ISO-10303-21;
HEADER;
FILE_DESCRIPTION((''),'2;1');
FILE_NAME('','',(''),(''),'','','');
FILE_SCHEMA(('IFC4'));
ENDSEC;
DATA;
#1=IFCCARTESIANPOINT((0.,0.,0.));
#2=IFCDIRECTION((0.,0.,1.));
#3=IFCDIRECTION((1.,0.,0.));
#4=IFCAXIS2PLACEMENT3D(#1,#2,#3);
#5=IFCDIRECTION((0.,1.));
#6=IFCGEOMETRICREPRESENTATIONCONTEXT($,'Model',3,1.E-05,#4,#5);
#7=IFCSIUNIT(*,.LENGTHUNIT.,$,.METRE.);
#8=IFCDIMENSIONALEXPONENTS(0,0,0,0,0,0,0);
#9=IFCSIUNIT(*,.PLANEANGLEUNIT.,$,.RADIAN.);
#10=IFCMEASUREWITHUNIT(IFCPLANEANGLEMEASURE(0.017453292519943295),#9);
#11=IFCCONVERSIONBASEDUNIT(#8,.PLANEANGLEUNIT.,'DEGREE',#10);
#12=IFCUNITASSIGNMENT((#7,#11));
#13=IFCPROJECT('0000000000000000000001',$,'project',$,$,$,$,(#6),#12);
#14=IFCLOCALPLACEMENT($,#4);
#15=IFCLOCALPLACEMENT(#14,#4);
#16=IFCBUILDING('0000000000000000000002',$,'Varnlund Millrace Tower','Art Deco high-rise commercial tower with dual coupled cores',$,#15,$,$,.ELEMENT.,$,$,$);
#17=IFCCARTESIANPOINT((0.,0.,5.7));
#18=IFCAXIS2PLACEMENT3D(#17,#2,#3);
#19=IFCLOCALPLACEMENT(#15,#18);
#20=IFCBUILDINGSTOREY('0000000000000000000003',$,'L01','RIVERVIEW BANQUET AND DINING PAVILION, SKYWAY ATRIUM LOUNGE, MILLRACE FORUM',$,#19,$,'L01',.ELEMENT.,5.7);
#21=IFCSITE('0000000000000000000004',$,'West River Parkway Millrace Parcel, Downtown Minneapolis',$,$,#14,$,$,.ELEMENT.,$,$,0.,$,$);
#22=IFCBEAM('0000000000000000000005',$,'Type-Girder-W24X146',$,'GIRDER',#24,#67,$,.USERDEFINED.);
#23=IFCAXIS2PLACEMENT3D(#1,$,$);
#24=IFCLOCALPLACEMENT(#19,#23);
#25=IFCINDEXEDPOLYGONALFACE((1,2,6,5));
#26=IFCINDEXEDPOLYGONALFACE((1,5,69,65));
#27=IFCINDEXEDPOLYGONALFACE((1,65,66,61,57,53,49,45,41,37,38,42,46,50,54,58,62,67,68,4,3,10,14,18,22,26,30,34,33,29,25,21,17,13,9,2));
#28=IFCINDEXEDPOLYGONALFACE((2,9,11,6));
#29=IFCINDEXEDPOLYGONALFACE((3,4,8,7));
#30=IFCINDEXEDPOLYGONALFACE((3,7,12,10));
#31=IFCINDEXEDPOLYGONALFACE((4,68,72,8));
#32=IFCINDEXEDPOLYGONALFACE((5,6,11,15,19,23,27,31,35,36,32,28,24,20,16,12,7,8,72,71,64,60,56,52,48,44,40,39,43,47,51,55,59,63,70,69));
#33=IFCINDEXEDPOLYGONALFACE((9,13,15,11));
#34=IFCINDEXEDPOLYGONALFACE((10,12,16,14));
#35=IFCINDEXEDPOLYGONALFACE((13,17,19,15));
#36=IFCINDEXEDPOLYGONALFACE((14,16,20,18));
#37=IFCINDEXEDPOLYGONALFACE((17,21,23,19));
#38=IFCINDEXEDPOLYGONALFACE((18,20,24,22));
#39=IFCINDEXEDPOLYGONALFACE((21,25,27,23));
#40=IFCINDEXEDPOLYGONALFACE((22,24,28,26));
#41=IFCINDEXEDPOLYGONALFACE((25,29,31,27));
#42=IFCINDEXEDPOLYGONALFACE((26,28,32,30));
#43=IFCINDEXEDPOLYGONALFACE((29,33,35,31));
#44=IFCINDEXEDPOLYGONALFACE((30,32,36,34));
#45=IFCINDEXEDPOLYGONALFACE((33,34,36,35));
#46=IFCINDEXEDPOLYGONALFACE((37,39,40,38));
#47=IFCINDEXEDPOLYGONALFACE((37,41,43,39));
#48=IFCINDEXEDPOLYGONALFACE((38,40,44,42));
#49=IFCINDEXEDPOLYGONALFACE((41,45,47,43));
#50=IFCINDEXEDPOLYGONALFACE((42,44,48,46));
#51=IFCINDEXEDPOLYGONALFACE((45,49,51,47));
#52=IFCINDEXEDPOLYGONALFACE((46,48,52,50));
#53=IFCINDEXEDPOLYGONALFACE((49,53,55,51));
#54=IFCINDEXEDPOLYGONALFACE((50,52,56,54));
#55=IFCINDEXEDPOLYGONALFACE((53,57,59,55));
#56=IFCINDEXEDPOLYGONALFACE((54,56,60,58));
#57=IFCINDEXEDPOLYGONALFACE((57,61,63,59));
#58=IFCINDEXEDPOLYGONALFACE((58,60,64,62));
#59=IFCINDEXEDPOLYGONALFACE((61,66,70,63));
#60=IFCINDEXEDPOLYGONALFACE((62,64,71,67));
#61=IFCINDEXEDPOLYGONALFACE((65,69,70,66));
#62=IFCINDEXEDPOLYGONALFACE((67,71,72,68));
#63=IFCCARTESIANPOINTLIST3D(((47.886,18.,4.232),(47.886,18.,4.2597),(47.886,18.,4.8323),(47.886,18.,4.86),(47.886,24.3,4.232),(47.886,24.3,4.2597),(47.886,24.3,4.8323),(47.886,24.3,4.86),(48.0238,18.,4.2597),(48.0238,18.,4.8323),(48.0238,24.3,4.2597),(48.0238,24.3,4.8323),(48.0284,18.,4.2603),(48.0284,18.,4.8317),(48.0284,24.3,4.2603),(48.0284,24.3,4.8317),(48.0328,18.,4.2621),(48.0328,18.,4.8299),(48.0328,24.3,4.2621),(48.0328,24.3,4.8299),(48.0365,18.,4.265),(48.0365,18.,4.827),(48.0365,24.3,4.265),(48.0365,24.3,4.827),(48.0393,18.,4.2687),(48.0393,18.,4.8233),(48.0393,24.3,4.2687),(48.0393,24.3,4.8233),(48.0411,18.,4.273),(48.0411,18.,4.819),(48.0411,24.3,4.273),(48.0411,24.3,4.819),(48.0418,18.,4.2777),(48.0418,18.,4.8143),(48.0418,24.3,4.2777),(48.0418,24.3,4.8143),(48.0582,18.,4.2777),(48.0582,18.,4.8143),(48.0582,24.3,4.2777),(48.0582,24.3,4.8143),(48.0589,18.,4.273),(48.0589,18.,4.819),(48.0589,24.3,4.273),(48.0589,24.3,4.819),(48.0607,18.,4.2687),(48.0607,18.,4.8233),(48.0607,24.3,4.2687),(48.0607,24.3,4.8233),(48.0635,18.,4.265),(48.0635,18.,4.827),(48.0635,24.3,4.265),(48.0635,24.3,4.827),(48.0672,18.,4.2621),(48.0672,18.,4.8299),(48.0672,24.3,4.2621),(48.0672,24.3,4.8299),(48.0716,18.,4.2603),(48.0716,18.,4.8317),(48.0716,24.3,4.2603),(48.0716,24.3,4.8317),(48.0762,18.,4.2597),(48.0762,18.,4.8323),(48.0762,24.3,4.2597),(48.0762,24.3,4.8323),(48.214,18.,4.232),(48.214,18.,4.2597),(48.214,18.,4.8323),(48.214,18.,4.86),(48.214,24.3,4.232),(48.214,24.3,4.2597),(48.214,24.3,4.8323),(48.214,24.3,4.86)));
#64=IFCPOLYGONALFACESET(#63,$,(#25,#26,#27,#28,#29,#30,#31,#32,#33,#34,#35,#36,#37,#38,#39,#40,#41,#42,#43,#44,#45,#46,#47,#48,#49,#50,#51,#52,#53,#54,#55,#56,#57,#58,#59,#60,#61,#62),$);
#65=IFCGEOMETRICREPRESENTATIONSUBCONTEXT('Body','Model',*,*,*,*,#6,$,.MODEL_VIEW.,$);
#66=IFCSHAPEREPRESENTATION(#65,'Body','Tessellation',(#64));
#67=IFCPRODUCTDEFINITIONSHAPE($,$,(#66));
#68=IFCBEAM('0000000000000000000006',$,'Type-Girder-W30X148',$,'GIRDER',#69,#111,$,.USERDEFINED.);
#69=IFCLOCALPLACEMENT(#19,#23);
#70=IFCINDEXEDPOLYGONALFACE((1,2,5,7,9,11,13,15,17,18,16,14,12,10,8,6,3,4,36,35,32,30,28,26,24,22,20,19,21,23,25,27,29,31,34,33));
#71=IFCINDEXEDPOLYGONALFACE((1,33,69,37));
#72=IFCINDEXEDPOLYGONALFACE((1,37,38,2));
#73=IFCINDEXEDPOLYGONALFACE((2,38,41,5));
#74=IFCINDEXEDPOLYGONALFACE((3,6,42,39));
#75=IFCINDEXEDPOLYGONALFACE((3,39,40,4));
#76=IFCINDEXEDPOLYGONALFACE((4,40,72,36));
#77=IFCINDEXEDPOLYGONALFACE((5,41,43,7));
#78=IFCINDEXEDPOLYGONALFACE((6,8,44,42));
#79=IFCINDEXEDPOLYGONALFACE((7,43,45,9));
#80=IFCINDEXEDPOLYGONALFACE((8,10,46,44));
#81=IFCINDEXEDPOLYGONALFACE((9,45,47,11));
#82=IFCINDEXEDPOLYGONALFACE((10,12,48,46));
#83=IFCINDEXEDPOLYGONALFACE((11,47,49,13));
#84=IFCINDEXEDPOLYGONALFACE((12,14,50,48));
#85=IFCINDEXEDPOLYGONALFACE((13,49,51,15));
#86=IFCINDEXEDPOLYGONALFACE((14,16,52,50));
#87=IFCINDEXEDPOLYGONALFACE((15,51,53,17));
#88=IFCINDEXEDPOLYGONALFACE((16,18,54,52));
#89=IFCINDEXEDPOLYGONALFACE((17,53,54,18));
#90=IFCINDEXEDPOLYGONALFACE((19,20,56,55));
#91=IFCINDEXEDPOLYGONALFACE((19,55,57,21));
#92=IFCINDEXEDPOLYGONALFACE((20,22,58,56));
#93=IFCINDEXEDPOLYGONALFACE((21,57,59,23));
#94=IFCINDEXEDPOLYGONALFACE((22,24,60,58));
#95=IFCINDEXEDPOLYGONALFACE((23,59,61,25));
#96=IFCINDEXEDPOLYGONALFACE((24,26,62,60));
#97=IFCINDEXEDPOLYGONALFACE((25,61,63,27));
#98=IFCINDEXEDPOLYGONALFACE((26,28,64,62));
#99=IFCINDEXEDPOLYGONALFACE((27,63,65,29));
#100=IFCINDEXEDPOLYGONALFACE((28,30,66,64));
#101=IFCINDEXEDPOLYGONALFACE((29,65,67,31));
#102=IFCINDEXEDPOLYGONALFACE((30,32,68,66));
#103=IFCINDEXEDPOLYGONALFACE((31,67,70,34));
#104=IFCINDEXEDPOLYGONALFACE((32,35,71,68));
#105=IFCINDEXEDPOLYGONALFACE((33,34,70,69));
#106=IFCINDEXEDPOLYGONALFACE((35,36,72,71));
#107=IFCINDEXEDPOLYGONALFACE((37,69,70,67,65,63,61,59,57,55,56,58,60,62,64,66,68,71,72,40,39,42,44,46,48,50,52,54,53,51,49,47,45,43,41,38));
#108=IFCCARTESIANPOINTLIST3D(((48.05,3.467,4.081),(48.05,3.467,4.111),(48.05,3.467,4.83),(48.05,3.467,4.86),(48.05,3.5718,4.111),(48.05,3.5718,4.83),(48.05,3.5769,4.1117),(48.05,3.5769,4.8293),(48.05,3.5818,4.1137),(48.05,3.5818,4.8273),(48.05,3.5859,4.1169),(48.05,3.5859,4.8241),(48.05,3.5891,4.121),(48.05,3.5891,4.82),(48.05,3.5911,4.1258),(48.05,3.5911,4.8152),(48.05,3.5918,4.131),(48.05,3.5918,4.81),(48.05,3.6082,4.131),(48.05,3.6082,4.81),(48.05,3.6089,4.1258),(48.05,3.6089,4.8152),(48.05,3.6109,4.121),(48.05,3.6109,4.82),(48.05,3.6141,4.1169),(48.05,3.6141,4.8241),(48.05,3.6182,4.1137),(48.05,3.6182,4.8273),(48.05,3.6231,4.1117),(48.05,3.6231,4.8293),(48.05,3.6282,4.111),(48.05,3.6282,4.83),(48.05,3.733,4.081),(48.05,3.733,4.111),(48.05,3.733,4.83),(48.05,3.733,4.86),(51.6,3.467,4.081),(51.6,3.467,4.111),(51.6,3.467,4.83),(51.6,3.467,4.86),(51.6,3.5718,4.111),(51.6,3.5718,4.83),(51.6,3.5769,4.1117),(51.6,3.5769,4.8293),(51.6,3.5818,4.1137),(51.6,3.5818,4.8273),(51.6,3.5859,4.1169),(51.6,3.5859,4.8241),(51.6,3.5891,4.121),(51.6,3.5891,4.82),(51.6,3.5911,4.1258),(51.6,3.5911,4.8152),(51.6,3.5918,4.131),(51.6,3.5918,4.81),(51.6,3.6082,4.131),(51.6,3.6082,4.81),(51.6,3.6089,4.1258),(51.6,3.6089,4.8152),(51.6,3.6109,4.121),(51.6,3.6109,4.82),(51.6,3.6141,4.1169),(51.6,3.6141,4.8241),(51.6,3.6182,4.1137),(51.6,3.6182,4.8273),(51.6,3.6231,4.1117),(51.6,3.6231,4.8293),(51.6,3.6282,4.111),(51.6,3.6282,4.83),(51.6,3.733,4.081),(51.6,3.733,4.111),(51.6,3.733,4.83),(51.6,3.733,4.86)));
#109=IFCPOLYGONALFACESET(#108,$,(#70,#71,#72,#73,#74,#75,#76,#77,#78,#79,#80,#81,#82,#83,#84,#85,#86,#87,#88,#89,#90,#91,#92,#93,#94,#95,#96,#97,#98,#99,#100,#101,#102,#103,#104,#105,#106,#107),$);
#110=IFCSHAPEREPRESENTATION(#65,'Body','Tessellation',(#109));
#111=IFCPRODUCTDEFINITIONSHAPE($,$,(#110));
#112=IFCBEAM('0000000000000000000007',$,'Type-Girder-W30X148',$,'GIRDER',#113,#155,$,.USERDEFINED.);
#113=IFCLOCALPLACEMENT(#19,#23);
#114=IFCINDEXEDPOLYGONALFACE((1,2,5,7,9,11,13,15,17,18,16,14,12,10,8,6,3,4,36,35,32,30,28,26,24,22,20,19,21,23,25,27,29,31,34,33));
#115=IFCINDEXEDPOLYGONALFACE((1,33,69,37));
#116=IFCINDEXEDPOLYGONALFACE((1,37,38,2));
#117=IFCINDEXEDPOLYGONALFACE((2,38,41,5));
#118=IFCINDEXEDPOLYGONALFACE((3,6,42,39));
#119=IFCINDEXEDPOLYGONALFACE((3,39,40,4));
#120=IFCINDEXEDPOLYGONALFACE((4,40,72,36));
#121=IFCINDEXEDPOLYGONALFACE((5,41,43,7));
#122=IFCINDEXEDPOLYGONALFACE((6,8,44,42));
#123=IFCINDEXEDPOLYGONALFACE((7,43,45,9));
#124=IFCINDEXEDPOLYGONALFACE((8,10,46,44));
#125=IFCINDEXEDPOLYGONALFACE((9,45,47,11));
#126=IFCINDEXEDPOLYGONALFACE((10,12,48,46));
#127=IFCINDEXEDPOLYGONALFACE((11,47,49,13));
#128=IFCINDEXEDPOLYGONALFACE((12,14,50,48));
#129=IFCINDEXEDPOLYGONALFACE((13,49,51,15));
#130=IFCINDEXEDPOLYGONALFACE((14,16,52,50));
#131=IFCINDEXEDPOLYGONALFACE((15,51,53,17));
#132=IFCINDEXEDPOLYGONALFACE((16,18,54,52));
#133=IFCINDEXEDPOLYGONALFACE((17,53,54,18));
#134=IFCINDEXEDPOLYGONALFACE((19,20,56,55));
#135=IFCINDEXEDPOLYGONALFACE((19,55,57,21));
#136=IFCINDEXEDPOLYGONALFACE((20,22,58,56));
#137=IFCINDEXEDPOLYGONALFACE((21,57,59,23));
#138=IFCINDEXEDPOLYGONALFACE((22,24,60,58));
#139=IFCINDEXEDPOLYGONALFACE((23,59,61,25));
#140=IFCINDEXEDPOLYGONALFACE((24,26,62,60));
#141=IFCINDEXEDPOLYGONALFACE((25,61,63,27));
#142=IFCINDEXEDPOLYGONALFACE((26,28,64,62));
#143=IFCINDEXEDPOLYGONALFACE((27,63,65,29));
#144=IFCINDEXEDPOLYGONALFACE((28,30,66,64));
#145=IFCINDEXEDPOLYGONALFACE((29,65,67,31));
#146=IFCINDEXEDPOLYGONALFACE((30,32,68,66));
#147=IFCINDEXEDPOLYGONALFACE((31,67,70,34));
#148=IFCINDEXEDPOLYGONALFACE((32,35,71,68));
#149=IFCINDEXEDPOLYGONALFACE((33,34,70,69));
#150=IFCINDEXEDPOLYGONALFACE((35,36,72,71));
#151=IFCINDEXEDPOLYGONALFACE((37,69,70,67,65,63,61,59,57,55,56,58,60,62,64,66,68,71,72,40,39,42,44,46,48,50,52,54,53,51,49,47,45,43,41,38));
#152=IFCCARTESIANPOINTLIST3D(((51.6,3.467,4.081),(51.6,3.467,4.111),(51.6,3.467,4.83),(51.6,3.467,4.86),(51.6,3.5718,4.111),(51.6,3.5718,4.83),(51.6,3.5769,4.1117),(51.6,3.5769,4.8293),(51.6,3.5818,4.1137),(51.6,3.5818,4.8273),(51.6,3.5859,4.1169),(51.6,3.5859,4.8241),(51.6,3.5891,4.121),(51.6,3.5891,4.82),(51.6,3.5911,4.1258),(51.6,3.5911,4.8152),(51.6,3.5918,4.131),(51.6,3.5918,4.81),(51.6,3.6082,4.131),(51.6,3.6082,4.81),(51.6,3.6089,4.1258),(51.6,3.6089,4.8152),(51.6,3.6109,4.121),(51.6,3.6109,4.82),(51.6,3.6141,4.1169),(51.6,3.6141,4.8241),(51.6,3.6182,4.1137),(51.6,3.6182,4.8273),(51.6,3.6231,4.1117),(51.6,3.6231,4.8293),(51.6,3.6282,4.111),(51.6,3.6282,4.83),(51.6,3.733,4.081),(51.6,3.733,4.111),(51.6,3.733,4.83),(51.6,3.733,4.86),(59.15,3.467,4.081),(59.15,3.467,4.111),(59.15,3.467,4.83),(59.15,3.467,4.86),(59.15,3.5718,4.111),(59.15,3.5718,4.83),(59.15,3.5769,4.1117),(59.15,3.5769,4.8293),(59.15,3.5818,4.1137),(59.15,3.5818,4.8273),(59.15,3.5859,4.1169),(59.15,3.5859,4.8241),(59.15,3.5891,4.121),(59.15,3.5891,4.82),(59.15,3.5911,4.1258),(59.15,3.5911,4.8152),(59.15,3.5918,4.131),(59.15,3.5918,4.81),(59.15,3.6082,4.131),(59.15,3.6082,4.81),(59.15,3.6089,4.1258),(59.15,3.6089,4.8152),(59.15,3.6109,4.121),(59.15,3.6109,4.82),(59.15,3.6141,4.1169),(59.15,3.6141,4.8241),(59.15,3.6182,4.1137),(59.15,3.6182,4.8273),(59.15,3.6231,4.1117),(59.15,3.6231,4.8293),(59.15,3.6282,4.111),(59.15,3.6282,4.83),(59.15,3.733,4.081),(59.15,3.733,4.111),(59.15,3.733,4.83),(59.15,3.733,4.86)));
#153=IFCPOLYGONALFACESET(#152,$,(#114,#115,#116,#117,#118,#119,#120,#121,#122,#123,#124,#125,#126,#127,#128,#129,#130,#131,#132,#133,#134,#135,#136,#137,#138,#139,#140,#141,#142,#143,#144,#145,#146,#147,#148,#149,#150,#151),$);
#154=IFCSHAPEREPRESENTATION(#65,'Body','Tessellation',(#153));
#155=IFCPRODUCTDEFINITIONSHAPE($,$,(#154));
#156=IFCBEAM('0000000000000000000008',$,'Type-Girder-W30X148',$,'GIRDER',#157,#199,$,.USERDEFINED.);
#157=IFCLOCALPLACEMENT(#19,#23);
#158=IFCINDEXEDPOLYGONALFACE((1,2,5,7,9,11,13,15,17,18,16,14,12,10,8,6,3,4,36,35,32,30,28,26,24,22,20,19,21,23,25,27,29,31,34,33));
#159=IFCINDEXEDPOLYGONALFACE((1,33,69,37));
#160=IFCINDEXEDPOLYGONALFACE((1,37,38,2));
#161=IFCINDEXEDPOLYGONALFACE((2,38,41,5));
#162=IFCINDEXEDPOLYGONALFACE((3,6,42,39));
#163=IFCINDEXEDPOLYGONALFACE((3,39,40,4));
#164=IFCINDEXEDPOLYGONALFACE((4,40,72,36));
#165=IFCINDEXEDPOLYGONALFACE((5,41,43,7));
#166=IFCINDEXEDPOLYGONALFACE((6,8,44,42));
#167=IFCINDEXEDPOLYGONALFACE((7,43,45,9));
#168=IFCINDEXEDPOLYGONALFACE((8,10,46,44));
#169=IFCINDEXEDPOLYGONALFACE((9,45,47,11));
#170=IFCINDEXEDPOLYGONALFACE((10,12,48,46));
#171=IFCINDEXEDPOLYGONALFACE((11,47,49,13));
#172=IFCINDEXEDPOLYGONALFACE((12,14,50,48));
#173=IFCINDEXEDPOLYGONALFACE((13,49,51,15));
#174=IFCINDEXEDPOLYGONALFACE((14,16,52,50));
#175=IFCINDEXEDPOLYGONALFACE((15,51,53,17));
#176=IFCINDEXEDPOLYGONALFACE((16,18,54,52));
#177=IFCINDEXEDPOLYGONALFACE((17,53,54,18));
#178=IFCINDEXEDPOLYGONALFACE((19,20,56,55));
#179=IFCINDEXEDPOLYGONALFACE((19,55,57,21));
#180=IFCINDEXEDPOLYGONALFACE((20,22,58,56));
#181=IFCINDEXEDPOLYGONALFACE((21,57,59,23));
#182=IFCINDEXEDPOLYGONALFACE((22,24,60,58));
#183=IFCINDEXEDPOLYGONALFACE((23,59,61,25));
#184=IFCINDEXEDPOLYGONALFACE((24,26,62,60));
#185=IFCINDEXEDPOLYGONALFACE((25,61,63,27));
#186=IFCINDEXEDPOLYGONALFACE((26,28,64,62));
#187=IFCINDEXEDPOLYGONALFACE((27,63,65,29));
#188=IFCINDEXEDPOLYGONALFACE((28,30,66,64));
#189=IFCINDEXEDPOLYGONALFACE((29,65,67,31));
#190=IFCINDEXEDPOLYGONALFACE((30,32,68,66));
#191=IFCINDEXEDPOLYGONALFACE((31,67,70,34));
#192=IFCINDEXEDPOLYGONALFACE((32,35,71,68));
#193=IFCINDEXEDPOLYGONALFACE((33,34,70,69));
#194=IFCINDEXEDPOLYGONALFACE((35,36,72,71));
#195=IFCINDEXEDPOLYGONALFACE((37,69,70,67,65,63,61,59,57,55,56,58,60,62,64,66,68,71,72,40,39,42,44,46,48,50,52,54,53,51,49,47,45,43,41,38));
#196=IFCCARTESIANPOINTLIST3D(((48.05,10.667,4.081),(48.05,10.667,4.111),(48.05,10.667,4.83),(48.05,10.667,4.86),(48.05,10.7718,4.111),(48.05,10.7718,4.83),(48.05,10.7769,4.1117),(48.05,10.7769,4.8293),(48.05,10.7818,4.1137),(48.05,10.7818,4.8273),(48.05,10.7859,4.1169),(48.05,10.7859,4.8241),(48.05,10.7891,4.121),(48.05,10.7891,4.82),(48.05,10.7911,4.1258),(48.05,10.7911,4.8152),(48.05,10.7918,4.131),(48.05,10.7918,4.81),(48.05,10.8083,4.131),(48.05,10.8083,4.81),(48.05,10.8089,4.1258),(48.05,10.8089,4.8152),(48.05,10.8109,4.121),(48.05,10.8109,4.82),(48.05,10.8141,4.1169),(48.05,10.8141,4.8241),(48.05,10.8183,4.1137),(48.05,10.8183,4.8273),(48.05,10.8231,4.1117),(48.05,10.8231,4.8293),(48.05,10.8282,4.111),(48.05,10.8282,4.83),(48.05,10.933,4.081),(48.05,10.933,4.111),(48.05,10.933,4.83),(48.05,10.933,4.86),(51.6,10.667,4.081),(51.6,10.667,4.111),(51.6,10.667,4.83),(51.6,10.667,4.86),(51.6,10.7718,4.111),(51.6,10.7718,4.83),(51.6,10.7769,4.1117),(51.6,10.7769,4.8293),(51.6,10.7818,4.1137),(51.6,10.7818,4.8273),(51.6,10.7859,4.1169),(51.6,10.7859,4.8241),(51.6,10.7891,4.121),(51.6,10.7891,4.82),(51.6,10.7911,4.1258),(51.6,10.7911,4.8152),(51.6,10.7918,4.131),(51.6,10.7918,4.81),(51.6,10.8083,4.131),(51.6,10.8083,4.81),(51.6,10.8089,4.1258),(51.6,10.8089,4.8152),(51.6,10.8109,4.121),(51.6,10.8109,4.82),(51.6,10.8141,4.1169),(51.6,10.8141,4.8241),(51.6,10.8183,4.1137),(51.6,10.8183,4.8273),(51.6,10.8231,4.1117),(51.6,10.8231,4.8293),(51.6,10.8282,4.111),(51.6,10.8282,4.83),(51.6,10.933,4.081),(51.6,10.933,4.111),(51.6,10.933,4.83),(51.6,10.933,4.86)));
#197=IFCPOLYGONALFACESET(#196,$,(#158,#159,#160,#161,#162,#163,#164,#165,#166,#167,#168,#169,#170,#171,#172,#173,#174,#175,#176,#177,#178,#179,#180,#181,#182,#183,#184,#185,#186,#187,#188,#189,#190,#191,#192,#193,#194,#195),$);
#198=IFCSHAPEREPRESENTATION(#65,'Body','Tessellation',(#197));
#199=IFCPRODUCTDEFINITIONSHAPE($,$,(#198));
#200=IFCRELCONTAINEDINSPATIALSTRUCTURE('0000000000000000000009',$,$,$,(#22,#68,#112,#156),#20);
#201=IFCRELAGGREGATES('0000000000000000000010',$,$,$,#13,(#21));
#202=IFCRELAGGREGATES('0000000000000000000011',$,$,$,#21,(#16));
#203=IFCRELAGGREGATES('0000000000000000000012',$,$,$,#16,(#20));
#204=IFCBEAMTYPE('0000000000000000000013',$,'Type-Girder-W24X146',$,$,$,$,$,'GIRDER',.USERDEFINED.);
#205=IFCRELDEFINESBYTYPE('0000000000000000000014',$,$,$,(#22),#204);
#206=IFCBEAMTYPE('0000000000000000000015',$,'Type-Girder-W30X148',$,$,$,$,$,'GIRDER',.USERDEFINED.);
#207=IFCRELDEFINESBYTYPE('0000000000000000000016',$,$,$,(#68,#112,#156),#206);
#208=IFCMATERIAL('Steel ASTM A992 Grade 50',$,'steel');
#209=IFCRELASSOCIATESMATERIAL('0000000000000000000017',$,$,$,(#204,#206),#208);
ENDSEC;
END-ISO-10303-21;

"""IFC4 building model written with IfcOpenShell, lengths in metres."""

from ifc_helpers import new_model, entity, si_unit, converted_unit, direction, frame, origin_with_axes, origin_2d_with_axis, place, context, subcontext, project, spatial, i_section, extrude, material, material_profile, profile_set, type_object, element, save


model = new_model("IFC4")

# Units and contexts
model_context = context("Model", 3, precision=1e-05, world=origin_with_axes(), true_north=direction((0.0, 1.0)))
body_context = subcontext(model_context, "Body", "Model", "MODEL_VIEW")
ifc_project = project(units=[si_unit("LENGTHUNIT", "METRE"), converted_unit("PLANEANGLEUNIT", "DEGREE", entity("IfcPlaneAngleMeasure", 0.017453292519943295), si_unit("PLANEANGLEUNIT", "RADIAN"), dimensions=[0, 0, 0, 0, 0, 0, 0])], contexts=[model_context])

# Site, building, storey
site_placement = place(None, origin_with_axes())
site = spatial("IfcSite", under=ifc_project, at=site_placement, Name="West River Parkway Millrace Parcel, Downtown Minneapolis", CompositionType="ELEMENT", RefElevation=0.0)
building_placement = place(site_placement, origin_with_axes())
building = spatial("IfcBuilding", under=site, at=building_placement, Name="Varnlund Millrace Tower", Description="Art Deco high-rise commercial tower with dual coupled cores", CompositionType="ELEMENT")
storey_placement = place(building_placement, frame((0.0, 0.0, 5.7), z_axis=(0.0, 0.0, 1.0), x_axis=(1.0, 0.0, 0.0)))
storey = spatial("IfcBuildingStorey", under=building, at=storey_placement, Name="L01", Description="RIVERVIEW BANQUET AND DINING PAVILION, SKYWAY ATRIUM LOUNGE, MILLRACE FORUM", LongName="L01", CompositionType="ELEMENT", Elevation=5.7)

# Beams
ifc_material_1 = material(Name="Steel ASTM A992 Grade 50", Category="steel")
ifc_material_profile_1 = material_profile(ifc_material_1, i_section(OverallWidth=0.328, OverallDepth=0.628, WebThickness=0.0165, FlangeThickness=0.0277, FilletRadius=0.018, at=origin_2d_with_axis()), Name="Steel ASTM A992 Grade 50")
ifc_profile_set_1 = profile_set([ifc_material_profile_1], Name="Steel ASTM A992 Grade 50")
beam_type_1 = type_object("IfcBeamType", Name="Type-Girder-W24X146", ElementType="GIRDER", PredefinedType="USERDEFINED", material=ifc_profile_set_1)
beam_1_placement = place(storey_placement, frame((48.05, 18.0, 4.546), z_axis=(0.0, 1.0, 0.0), x_axis=(-1.0, 0.0, 0.0)))
element("IfcBeam", 1, at=beam_1_placement, inside=storey, type_object=beam_type_1, Name="Type-Girder-W24X146", ObjectType="GIRDER", PredefinedType="USERDEFINED", context=body_context, shape_type="SweptSolid", body=[
    extrude(i_section(OverallWidth=0.328, OverallDepth=0.628, WebThickness=0.0165, FlangeThickness=0.0277, FilletRadius=0.018, at=origin_2d_with_axis()), origin_with_axes(), (0.0, 0.0, 1.0), 6.3),
])
ifc_material_profile_2 = material_profile(ifc_material_1, i_section(OverallWidth=0.266, OverallDepth=0.779, WebThickness=0.0165, FlangeThickness=0.03, FilletRadius=0.02, at=origin_2d_with_axis()), Name="Steel ASTM A992 Grade 50")
ifc_profile_set_2 = profile_set([ifc_material_profile_2], Name="Steel ASTM A992 Grade 50")
beam_type_2 = type_object("IfcBeamType", Name="Type-Girder-W30X148", ElementType="GIRDER", PredefinedType="USERDEFINED", material=ifc_profile_set_2)
beam_2_placement = place(storey_placement, frame((48.05, 3.6, 4.4705), z_axis=(1.0, 0.0, 0.0), x_axis=(0.0, 1.0, 0.0)))
element("IfcBeam", 2, at=beam_2_placement, inside=storey, type_object=beam_type_2, Name="Type-Girder-W30X148", ObjectType="GIRDER", PredefinedType="USERDEFINED", context=body_context, shape_type="SweptSolid", body=[
    extrude(i_section(OverallWidth=0.266, OverallDepth=0.779, WebThickness=0.0165, FlangeThickness=0.03, FilletRadius=0.02, at=origin_2d_with_axis()), origin_with_axes(), (0.0, 0.0, 1.0), 3.55),
])
beam_3_placement = place(storey_placement, frame((51.6, 3.6, 4.4705), z_axis=(1.0, 0.0, 0.0), x_axis=(0.0, 1.0, 0.0)))
element("IfcBeam", 3, at=beam_3_placement, inside=storey, type_object=beam_type_2, Name="Type-Girder-W30X148", ObjectType="GIRDER", PredefinedType="USERDEFINED", context=body_context, shape_type="SweptSolid", body=[
    extrude(i_section(OverallWidth=0.266, OverallDepth=0.779, WebThickness=0.0165, FlangeThickness=0.03, FilletRadius=0.02, at=origin_2d_with_axis()), origin_with_axes(), (0.0, 0.0, 1.0), 7.55),
])
beam_4_placement = place(storey_placement, frame((48.05, 10.8, 4.4705), z_axis=(1.0, 0.0, 0.0), x_axis=(0.0, 1.0, 0.0)))
element("IfcBeam", 4, at=beam_4_placement, inside=storey, type_object=beam_type_2, Name="Type-Girder-W30X148", ObjectType="GIRDER", PredefinedType="USERDEFINED", context=body_context, shape_type="SweptSolid", body=[
    extrude(i_section(OverallWidth=0.266, OverallDepth=0.779, WebThickness=0.0165, FlangeThickness=0.03, FilletRadius=0.02, at=origin_2d_with_axis()), origin_with_axes(), (0.0, 0.0, 1.0), 3.55),
])

save(model, "model.ifc")
